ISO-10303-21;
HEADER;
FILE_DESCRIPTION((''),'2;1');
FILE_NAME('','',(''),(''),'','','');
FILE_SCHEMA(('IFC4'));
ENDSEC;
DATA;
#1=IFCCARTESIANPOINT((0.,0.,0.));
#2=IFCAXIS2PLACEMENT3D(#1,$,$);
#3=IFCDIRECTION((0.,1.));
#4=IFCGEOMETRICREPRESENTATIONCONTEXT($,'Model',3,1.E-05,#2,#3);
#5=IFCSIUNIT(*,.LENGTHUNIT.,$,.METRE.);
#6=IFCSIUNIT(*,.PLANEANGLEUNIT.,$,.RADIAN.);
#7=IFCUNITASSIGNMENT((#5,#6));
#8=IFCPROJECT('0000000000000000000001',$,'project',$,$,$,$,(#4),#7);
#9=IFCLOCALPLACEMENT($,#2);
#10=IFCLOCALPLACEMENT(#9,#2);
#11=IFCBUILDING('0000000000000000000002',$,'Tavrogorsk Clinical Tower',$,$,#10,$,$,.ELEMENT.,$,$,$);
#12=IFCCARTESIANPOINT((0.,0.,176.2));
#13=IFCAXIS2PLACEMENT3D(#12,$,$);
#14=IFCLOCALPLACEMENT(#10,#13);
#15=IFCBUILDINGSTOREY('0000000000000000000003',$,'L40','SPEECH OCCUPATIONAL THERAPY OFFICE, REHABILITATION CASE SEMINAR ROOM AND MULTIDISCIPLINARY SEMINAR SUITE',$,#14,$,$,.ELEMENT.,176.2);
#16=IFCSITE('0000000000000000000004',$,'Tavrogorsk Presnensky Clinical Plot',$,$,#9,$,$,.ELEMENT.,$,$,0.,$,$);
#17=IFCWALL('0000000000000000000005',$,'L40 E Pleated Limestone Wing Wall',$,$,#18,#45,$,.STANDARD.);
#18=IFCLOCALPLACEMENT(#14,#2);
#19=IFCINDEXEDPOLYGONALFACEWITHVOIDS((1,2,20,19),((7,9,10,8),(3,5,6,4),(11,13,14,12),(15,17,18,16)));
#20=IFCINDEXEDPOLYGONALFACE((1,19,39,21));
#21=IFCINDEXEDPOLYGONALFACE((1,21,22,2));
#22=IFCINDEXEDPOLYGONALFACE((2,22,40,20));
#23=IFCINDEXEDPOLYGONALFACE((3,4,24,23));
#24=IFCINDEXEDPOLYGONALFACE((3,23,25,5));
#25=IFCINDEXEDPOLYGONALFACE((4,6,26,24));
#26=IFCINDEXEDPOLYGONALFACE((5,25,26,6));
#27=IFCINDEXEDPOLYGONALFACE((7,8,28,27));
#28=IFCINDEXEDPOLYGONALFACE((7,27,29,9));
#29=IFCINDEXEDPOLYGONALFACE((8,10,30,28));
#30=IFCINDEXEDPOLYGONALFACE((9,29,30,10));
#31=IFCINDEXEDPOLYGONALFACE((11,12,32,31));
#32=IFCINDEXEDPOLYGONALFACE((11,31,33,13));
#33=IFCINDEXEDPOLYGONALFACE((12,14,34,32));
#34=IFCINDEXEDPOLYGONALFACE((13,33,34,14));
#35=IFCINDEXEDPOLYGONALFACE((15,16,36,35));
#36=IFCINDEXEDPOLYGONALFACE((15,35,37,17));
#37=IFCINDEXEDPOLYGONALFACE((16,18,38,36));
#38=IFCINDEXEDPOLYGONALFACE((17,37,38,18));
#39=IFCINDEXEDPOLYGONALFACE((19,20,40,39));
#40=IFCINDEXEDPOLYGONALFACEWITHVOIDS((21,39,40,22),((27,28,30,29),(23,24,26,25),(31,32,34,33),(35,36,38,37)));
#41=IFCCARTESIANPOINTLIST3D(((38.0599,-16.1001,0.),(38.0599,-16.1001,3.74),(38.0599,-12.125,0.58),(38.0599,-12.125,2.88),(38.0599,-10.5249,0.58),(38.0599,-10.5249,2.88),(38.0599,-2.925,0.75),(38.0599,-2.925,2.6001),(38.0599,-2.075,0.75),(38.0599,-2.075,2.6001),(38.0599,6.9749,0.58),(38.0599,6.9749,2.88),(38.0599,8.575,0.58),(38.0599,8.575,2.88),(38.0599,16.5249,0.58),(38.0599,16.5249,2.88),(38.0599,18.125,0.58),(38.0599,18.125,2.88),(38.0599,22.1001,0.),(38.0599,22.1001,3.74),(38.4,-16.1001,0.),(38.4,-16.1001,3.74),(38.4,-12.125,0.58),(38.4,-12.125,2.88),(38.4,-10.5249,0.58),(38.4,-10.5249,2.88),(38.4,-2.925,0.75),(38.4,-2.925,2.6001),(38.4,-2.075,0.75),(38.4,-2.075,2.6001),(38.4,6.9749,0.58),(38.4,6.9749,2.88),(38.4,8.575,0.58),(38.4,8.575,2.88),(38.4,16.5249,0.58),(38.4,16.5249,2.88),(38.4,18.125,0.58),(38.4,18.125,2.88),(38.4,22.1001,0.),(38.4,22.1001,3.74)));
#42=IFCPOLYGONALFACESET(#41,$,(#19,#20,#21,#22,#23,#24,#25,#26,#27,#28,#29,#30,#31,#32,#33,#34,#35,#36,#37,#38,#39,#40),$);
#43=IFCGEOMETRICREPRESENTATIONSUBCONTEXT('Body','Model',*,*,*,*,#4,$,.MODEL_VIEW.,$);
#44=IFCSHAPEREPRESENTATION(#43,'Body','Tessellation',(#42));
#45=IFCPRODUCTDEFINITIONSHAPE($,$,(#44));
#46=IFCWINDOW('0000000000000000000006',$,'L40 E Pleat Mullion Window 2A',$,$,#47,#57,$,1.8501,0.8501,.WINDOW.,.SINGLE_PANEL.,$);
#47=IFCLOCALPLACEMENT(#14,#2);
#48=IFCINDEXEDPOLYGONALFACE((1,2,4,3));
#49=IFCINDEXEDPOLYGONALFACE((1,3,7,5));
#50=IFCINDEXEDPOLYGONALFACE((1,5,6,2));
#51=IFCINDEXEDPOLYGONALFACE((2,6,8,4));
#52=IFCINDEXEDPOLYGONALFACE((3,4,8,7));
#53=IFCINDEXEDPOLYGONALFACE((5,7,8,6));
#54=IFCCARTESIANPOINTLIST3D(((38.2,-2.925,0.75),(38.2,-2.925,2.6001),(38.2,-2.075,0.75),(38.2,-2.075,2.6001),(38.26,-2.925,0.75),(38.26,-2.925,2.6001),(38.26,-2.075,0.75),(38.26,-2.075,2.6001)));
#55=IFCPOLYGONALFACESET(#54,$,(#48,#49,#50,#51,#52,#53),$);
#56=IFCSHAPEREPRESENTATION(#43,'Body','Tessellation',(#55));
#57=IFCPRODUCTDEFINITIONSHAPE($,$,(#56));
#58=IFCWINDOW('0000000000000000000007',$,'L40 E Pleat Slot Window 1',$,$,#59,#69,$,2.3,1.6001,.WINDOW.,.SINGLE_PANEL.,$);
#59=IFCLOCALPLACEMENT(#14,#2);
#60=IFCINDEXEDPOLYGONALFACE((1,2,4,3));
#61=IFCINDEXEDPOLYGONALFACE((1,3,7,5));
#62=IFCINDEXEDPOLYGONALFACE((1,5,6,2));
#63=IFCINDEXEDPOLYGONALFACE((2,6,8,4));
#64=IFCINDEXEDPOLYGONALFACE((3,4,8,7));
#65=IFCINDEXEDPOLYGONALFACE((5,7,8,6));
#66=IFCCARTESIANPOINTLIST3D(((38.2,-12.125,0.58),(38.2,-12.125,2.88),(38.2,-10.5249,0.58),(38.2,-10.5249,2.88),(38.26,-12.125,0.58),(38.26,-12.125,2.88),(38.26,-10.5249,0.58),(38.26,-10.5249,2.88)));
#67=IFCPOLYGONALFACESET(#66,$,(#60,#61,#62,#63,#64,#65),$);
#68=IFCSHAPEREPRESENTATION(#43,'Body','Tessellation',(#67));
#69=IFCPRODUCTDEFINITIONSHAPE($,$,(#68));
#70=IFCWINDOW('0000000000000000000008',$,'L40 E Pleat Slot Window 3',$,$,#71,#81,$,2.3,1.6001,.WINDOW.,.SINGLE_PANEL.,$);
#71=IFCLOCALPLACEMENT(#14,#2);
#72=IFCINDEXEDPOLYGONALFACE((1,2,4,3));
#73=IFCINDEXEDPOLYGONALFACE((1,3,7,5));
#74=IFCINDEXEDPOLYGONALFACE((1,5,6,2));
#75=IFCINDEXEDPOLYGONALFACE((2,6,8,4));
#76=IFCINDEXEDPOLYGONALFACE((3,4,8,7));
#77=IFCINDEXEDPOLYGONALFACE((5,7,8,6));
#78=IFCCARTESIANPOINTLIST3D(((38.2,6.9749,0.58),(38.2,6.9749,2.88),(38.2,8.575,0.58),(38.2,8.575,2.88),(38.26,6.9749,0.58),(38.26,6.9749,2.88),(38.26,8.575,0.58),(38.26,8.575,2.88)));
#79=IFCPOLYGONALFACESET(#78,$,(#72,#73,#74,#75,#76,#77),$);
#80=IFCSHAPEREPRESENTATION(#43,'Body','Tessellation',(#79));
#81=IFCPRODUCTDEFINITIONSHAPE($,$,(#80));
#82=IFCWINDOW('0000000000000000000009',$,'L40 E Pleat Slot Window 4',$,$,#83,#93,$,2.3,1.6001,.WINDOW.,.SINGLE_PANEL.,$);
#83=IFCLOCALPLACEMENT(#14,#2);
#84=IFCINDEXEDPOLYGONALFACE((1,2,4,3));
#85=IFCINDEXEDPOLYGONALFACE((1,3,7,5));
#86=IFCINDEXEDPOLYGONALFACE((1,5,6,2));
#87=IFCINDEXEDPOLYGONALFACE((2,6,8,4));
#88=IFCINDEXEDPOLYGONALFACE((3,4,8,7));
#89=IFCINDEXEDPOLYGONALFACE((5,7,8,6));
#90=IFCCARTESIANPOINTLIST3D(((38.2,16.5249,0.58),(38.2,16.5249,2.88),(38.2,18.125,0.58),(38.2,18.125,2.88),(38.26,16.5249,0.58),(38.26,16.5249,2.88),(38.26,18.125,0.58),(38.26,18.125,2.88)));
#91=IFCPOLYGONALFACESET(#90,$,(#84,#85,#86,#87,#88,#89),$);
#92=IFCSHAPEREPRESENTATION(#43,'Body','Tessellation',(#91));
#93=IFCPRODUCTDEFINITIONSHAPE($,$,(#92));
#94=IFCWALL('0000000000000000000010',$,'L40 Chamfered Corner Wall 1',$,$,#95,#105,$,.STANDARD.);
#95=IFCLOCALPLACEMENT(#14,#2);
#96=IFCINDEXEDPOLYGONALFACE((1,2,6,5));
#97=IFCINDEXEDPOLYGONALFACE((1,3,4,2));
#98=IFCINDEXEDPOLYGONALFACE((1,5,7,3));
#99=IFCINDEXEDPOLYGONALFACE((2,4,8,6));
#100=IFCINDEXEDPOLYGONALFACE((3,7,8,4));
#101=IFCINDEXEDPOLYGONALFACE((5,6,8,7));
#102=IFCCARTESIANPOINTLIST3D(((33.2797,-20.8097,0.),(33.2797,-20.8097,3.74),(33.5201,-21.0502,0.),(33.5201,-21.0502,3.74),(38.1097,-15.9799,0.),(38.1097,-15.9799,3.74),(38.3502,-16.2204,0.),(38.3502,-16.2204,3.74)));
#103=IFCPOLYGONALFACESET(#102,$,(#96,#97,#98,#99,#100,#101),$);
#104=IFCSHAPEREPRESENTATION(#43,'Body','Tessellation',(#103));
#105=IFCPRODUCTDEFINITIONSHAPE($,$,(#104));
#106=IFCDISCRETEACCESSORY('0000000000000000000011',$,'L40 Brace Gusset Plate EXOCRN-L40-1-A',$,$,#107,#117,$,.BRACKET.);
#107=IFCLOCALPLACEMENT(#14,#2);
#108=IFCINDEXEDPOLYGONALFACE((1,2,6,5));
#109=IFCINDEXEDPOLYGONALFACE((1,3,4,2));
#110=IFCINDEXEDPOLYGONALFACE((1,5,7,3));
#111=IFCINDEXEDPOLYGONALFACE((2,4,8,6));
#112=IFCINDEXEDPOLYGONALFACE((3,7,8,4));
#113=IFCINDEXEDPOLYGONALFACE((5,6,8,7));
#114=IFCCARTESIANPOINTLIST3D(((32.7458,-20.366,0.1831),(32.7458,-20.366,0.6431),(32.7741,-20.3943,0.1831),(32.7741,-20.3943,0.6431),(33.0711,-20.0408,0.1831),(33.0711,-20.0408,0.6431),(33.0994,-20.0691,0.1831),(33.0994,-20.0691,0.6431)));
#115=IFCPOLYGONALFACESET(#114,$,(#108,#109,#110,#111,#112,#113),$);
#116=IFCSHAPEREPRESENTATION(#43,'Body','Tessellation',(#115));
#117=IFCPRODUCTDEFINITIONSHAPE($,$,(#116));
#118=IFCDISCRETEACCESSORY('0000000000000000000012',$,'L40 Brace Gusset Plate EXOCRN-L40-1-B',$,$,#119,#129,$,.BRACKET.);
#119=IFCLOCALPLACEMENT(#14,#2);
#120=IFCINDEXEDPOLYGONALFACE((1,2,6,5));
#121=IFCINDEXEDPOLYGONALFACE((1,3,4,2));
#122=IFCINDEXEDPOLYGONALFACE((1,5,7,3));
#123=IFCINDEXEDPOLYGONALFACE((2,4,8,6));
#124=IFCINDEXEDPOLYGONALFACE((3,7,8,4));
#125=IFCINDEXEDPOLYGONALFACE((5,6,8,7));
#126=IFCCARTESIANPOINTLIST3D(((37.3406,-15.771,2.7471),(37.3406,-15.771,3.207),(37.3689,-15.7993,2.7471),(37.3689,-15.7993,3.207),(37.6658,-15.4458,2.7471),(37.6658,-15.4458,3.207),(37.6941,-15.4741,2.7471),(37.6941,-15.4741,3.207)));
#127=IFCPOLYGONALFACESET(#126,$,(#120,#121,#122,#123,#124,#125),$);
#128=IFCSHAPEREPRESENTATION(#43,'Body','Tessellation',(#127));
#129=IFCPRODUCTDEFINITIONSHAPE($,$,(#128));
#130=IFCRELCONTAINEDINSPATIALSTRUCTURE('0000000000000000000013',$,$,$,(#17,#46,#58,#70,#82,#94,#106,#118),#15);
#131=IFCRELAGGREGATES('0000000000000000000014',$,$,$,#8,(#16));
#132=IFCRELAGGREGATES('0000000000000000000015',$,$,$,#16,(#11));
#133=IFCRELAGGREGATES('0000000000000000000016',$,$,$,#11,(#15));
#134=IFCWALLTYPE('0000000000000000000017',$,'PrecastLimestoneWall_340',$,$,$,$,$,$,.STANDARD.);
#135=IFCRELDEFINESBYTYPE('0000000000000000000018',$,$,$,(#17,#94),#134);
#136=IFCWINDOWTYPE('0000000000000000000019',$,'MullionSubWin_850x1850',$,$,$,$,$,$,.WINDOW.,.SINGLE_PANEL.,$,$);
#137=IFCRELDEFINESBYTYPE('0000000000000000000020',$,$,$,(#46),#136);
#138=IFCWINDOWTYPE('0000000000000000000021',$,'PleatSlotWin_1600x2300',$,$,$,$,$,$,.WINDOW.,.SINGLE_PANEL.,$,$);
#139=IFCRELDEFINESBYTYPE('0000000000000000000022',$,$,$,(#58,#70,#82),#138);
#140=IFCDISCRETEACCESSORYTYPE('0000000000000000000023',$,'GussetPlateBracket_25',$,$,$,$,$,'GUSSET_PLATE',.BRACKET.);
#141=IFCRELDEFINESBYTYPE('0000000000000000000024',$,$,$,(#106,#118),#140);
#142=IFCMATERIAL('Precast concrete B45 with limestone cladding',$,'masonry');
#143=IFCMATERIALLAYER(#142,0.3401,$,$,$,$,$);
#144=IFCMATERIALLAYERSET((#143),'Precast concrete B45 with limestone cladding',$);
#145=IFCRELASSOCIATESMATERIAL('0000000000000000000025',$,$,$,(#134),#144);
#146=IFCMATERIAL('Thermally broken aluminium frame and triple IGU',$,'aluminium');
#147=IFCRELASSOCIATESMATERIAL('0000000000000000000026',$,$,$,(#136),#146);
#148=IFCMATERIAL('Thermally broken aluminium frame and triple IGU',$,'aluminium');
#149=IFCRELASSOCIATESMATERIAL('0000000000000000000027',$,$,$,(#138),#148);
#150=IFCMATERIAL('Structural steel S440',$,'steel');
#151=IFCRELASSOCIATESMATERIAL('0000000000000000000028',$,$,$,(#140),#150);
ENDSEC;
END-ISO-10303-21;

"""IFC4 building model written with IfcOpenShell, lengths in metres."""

from ifc_helpers import new_model, si_unit, direction, frame, frame_2d, origin, origin_2d, place, context, subcontext, project, spatial, rectangle, extrude, material, layer, layer_set, type_object, element, fill, save


model = new_model("IFC4")

# Units and contexts
model_context = context("Model", 3, precision=1e-05, world=origin(), true_north=direction((0.0, 1.0)))
body_context = subcontext(model_context, "Body", "Model", "MODEL_VIEW")
ifc_project = project(units=[si_unit("LENGTHUNIT", "METRE"), si_unit("PLANEANGLEUNIT", "RADIAN")], contexts=[model_context])

# Site, building, storey
site_placement = place(None, origin())
site = spatial("IfcSite", under=ifc_project, at=site_placement, Name="Tavrogorsk Presnensky Clinical Plot", CompositionType="ELEMENT", RefElevation=0.0)
building_placement = place(site_placement, origin())
building = spatial("IfcBuilding", under=site, at=building_placement, Name="Tavrogorsk Clinical Tower", CompositionType="ELEMENT")
storey_placement = place(building_placement, frame((0.0, 0.0, 176.2)))
storey = spatial("IfcBuildingStorey", under=building, at=storey_placement, Name="L40", Description="SPEECH OCCUPATIONAL THERAPY OFFICE, REHABILITATION CASE SEMINAR ROOM AND MULTIDISCIPLINARY SEMINAR SUITE", CompositionType="ELEMENT", Elevation=176.2)

# Wall, openings, windows
ifc_material_1 = material(Name="Precast concrete B45 with limestone cladding", Category="masonry")
ifc_layer_1 = layer(ifc_material_1, 0.3401)
ifc_layer_set_1 = layer_set([ifc_layer_1], Name="Precast concrete B45 with limestone cladding")
wall_type_1 = type_object("IfcWallType", Name="PrecastLimestoneWall_340", PredefinedType="STANDARD", material=ifc_layer_set_1)
wall_1_placement = place(storey_placement, frame((38.23, -16.1001, 0.0), z_axis=(0.0, 0.0, 1.0), x_axis=(0.0, 1.0, 0.0)))
wall_1 = element("IfcWall", 1, at=wall_1_placement, inside=storey, type_object=wall_type_1, Name="L40 E Pleated Limestone Wing Wall", PredefinedType="STANDARD", context=body_context, shape_type="SweptSolid", body=[
    extrude(rectangle(XDim=38.2002, YDim=0.3401, at=frame_2d((19.1001, 0.0))), origin(), (0.0, 0.0, 1.0), 3.74),
])
opening_1_placement = place(wall_1_placement, frame((3.9751, 0.0, 0.5801)))
opening_1 = element("IfcOpeningElement", 2, at=opening_1_placement, cuts=wall_1, PredefinedType="OPENING", context=body_context, shape_type="SweptSolid", body=[
    extrude(rectangle(XDim=1.6001, YDim=2.3, at=frame_2d((0.8, 1.1499))), frame((0.0, 0.1799, 0.0), z_axis=(0.0, -1.0, 0.0), x_axis=(1.0, 0.0, 0.0)), (0.0, 0.0, 1.0), 0.3601),
])
opening_2_placement = place(wall_1_placement, frame((13.175, 0.0, 0.75)))
opening_2 = element("IfcOpeningElement", 3, at=opening_2_placement, cuts=wall_1, PredefinedType="OPENING", context=body_context, shape_type="SweptSolid", body=[
    extrude(rectangle(XDim=0.8501, YDim=1.8501, at=frame_2d((0.425, 0.925))), frame((0.0, 0.1799, 0.0), z_axis=(0.0, -1.0, 0.0), x_axis=(1.0, 0.0, 0.0)), (0.0, 0.0, 1.0), 0.3601),
])
opening_3_placement = place(wall_1_placement, frame((23.075, 0.0, 0.5801)))
opening_3 = element("IfcOpeningElement", 4, at=opening_3_placement, cuts=wall_1, PredefinedType="OPENING", context=body_context, shape_type="SweptSolid", body=[
    extrude(rectangle(XDim=1.6001, YDim=2.3, at=frame_2d((0.8, 1.1499))), frame((0.0, 0.1799, 0.0), z_axis=(0.0, -1.0, 0.0), x_axis=(1.0, 0.0, 0.0)), (0.0, 0.0, 1.0), 0.3601),
])
opening_4_placement = place(wall_1_placement, frame((32.625, 0.0, 0.5801)))
opening_4 = element("IfcOpeningElement", 5, at=opening_4_placement, cuts=wall_1, PredefinedType="OPENING", context=body_context, shape_type="SweptSolid", body=[
    extrude(rectangle(XDim=1.6001, YDim=2.3, at=frame_2d((0.8, 1.1499))), frame((0.0, 0.1799, 0.0), z_axis=(0.0, -1.0, 0.0), x_axis=(1.0, 0.0, 0.0)), (0.0, 0.0, 1.0), 0.3601),
])
ifc_material_2 = material(Name="Thermally broken aluminium frame and triple IGU", Category="aluminium")
window_type_1 = type_object("IfcWindowType", Name="MullionSubWin_850x1850", PartitioningType="SINGLE_PANEL", PredefinedType="WINDOW", material=ifc_material_2)
window_1_placement = place(opening_2_placement, origin())
window_1 = element("IfcWindow", 6, at=window_1_placement, inside=storey, type_object=window_type_1, Name="L40 E Pleat Mullion Window 2A", OverallHeight=1.8501, OverallWidth=0.8501, PartitioningType="SINGLE_PANEL", PredefinedType="WINDOW", context=body_context, shape_type="SweptSolid", body=[
    extrude(rectangle(XDim=0.8501, YDim=1.8501, at=frame_2d((0.425, 0.925))), frame((0.0, 0.03, 0.0), z_axis=(0.0, -1.0, 0.0), x_axis=(1.0, 0.0, 0.0)), (0.0, 0.0, 1.0), 0.0601),
])
fill(opening_2, window_1)
ifc_material_3 = material(Name="Thermally broken aluminium frame and triple IGU", Category="aluminium")
window_type_2 = type_object("IfcWindowType", Name="PleatSlotWin_1600x2300", PartitioningType="SINGLE_PANEL", PredefinedType="WINDOW", material=ifc_material_3)
window_2_placement = place(opening_1_placement, origin())
window_2 = element("IfcWindow", 7, at=window_2_placement, inside=storey, type_object=window_type_2, Name="L40 E Pleat Slot Window 1", OverallHeight=2.3, OverallWidth=1.6001, PartitioningType="SINGLE_PANEL", PredefinedType="WINDOW", context=body_context, shape_type="SweptSolid", body=[
    extrude(rectangle(XDim=1.6001, YDim=2.3, at=frame_2d((0.8, 1.1499))), frame((0.0, 0.03, 0.0), z_axis=(0.0, -1.0, 0.0), x_axis=(1.0, 0.0, 0.0)), (0.0, 0.0, 1.0), 0.0601),
])
fill(opening_1, window_2)
window_3_placement = place(opening_3_placement, origin())
window_3 = element("IfcWindow", 8, at=window_3_placement, inside=storey, type_object=window_type_2, Name="L40 E Pleat Slot Window 3", OverallHeight=2.3, OverallWidth=1.6001, PartitioningType="SINGLE_PANEL", PredefinedType="WINDOW", context=body_context, shape_type="SweptSolid", body=[
    extrude(rectangle(XDim=1.6001, YDim=2.3, at=frame_2d((0.8, 1.1499))), frame((0.0, 0.03, 0.0), z_axis=(0.0, -1.0, 0.0), x_axis=(1.0, 0.0, 0.0)), (0.0, 0.0, 1.0), 0.0601),
])
fill(opening_3, window_3)
window_4_placement = place(opening_4_placement, origin())
window_4 = element("IfcWindow", 9, at=window_4_placement, inside=storey, type_object=window_type_2, Name="L40 E Pleat Slot Window 4", OverallHeight=2.3, OverallWidth=1.6001, PartitioningType="SINGLE_PANEL", PredefinedType="WINDOW", context=body_context, shape_type="SweptSolid", body=[
    extrude(rectangle(XDim=1.6001, YDim=2.3, at=frame_2d((0.8, 1.1499))), frame((0.0, 0.03, 0.0), z_axis=(0.0, -1.0, 0.0), x_axis=(1.0, 0.0, 0.0)), (0.0, 0.0, 1.0), 0.0601),
])
fill(opening_4, window_4)

# Wall
wall_2_placement = place(storey_placement, frame((33.3999, -20.9299, 0.0), z_axis=(0.0, 0.0, 1.0), x_axis=(0.707125, 0.707089, 0.0)))
element("IfcWall", 10, at=wall_2_placement, inside=storey, type_object=wall_type_1, Name="L40 Chamfered Corner Wall 1", PredefinedType="STANDARD", context=body_context, shape_type="SweptSolid", body=[
    extrude(rectangle(XDim=6.8306, YDim=0.3401, at=frame_2d((3.4153, 0.0))), origin(), (0.0, 0.0, 1.0), 3.74),
])

# Discrete accessories
ifc_material_4 = material(Name="Structural steel S440", Category="steel")
discrete_accessory_type = type_object("IfcDiscreteAccessoryType", Name="GussetPlateBracket_25", ElementType="GUSSET_PLATE", PredefinedType="BRACKET", material=ifc_material_4)
for number, where, z_axis, x_axis, name in (
    (11, (32.9226, -20.2175, 0.1831), (0.0, 0.0, 1.0), (0.707107, 0.707107, 0.0), "L40 Brace Gusset Plate EXOCRN-L40-1-A"),
    (12, (37.5173, -15.6226, 2.7471), (0.0, 0.0, 1.0), (0.707107, 0.707107, 0.0), "L40 Brace Gusset Plate EXOCRN-L40-1-B"),
):
    element("IfcDiscreteAccessory", number, at=place(storey_placement, frame(where, z_axis=z_axis, x_axis=x_axis)), inside=storey, type_object=discrete_accessory_type, Name=name, PredefinedType="BRACKET", context=body_context, shape_type="SweptSolid", body=[
        extrude(rectangle(XDim=0.46, YDim=0.04, at=origin_2d()), origin(), (0.0, 0.0, 1.0), 0.46),
    ])

save(model, "model.ifc")
